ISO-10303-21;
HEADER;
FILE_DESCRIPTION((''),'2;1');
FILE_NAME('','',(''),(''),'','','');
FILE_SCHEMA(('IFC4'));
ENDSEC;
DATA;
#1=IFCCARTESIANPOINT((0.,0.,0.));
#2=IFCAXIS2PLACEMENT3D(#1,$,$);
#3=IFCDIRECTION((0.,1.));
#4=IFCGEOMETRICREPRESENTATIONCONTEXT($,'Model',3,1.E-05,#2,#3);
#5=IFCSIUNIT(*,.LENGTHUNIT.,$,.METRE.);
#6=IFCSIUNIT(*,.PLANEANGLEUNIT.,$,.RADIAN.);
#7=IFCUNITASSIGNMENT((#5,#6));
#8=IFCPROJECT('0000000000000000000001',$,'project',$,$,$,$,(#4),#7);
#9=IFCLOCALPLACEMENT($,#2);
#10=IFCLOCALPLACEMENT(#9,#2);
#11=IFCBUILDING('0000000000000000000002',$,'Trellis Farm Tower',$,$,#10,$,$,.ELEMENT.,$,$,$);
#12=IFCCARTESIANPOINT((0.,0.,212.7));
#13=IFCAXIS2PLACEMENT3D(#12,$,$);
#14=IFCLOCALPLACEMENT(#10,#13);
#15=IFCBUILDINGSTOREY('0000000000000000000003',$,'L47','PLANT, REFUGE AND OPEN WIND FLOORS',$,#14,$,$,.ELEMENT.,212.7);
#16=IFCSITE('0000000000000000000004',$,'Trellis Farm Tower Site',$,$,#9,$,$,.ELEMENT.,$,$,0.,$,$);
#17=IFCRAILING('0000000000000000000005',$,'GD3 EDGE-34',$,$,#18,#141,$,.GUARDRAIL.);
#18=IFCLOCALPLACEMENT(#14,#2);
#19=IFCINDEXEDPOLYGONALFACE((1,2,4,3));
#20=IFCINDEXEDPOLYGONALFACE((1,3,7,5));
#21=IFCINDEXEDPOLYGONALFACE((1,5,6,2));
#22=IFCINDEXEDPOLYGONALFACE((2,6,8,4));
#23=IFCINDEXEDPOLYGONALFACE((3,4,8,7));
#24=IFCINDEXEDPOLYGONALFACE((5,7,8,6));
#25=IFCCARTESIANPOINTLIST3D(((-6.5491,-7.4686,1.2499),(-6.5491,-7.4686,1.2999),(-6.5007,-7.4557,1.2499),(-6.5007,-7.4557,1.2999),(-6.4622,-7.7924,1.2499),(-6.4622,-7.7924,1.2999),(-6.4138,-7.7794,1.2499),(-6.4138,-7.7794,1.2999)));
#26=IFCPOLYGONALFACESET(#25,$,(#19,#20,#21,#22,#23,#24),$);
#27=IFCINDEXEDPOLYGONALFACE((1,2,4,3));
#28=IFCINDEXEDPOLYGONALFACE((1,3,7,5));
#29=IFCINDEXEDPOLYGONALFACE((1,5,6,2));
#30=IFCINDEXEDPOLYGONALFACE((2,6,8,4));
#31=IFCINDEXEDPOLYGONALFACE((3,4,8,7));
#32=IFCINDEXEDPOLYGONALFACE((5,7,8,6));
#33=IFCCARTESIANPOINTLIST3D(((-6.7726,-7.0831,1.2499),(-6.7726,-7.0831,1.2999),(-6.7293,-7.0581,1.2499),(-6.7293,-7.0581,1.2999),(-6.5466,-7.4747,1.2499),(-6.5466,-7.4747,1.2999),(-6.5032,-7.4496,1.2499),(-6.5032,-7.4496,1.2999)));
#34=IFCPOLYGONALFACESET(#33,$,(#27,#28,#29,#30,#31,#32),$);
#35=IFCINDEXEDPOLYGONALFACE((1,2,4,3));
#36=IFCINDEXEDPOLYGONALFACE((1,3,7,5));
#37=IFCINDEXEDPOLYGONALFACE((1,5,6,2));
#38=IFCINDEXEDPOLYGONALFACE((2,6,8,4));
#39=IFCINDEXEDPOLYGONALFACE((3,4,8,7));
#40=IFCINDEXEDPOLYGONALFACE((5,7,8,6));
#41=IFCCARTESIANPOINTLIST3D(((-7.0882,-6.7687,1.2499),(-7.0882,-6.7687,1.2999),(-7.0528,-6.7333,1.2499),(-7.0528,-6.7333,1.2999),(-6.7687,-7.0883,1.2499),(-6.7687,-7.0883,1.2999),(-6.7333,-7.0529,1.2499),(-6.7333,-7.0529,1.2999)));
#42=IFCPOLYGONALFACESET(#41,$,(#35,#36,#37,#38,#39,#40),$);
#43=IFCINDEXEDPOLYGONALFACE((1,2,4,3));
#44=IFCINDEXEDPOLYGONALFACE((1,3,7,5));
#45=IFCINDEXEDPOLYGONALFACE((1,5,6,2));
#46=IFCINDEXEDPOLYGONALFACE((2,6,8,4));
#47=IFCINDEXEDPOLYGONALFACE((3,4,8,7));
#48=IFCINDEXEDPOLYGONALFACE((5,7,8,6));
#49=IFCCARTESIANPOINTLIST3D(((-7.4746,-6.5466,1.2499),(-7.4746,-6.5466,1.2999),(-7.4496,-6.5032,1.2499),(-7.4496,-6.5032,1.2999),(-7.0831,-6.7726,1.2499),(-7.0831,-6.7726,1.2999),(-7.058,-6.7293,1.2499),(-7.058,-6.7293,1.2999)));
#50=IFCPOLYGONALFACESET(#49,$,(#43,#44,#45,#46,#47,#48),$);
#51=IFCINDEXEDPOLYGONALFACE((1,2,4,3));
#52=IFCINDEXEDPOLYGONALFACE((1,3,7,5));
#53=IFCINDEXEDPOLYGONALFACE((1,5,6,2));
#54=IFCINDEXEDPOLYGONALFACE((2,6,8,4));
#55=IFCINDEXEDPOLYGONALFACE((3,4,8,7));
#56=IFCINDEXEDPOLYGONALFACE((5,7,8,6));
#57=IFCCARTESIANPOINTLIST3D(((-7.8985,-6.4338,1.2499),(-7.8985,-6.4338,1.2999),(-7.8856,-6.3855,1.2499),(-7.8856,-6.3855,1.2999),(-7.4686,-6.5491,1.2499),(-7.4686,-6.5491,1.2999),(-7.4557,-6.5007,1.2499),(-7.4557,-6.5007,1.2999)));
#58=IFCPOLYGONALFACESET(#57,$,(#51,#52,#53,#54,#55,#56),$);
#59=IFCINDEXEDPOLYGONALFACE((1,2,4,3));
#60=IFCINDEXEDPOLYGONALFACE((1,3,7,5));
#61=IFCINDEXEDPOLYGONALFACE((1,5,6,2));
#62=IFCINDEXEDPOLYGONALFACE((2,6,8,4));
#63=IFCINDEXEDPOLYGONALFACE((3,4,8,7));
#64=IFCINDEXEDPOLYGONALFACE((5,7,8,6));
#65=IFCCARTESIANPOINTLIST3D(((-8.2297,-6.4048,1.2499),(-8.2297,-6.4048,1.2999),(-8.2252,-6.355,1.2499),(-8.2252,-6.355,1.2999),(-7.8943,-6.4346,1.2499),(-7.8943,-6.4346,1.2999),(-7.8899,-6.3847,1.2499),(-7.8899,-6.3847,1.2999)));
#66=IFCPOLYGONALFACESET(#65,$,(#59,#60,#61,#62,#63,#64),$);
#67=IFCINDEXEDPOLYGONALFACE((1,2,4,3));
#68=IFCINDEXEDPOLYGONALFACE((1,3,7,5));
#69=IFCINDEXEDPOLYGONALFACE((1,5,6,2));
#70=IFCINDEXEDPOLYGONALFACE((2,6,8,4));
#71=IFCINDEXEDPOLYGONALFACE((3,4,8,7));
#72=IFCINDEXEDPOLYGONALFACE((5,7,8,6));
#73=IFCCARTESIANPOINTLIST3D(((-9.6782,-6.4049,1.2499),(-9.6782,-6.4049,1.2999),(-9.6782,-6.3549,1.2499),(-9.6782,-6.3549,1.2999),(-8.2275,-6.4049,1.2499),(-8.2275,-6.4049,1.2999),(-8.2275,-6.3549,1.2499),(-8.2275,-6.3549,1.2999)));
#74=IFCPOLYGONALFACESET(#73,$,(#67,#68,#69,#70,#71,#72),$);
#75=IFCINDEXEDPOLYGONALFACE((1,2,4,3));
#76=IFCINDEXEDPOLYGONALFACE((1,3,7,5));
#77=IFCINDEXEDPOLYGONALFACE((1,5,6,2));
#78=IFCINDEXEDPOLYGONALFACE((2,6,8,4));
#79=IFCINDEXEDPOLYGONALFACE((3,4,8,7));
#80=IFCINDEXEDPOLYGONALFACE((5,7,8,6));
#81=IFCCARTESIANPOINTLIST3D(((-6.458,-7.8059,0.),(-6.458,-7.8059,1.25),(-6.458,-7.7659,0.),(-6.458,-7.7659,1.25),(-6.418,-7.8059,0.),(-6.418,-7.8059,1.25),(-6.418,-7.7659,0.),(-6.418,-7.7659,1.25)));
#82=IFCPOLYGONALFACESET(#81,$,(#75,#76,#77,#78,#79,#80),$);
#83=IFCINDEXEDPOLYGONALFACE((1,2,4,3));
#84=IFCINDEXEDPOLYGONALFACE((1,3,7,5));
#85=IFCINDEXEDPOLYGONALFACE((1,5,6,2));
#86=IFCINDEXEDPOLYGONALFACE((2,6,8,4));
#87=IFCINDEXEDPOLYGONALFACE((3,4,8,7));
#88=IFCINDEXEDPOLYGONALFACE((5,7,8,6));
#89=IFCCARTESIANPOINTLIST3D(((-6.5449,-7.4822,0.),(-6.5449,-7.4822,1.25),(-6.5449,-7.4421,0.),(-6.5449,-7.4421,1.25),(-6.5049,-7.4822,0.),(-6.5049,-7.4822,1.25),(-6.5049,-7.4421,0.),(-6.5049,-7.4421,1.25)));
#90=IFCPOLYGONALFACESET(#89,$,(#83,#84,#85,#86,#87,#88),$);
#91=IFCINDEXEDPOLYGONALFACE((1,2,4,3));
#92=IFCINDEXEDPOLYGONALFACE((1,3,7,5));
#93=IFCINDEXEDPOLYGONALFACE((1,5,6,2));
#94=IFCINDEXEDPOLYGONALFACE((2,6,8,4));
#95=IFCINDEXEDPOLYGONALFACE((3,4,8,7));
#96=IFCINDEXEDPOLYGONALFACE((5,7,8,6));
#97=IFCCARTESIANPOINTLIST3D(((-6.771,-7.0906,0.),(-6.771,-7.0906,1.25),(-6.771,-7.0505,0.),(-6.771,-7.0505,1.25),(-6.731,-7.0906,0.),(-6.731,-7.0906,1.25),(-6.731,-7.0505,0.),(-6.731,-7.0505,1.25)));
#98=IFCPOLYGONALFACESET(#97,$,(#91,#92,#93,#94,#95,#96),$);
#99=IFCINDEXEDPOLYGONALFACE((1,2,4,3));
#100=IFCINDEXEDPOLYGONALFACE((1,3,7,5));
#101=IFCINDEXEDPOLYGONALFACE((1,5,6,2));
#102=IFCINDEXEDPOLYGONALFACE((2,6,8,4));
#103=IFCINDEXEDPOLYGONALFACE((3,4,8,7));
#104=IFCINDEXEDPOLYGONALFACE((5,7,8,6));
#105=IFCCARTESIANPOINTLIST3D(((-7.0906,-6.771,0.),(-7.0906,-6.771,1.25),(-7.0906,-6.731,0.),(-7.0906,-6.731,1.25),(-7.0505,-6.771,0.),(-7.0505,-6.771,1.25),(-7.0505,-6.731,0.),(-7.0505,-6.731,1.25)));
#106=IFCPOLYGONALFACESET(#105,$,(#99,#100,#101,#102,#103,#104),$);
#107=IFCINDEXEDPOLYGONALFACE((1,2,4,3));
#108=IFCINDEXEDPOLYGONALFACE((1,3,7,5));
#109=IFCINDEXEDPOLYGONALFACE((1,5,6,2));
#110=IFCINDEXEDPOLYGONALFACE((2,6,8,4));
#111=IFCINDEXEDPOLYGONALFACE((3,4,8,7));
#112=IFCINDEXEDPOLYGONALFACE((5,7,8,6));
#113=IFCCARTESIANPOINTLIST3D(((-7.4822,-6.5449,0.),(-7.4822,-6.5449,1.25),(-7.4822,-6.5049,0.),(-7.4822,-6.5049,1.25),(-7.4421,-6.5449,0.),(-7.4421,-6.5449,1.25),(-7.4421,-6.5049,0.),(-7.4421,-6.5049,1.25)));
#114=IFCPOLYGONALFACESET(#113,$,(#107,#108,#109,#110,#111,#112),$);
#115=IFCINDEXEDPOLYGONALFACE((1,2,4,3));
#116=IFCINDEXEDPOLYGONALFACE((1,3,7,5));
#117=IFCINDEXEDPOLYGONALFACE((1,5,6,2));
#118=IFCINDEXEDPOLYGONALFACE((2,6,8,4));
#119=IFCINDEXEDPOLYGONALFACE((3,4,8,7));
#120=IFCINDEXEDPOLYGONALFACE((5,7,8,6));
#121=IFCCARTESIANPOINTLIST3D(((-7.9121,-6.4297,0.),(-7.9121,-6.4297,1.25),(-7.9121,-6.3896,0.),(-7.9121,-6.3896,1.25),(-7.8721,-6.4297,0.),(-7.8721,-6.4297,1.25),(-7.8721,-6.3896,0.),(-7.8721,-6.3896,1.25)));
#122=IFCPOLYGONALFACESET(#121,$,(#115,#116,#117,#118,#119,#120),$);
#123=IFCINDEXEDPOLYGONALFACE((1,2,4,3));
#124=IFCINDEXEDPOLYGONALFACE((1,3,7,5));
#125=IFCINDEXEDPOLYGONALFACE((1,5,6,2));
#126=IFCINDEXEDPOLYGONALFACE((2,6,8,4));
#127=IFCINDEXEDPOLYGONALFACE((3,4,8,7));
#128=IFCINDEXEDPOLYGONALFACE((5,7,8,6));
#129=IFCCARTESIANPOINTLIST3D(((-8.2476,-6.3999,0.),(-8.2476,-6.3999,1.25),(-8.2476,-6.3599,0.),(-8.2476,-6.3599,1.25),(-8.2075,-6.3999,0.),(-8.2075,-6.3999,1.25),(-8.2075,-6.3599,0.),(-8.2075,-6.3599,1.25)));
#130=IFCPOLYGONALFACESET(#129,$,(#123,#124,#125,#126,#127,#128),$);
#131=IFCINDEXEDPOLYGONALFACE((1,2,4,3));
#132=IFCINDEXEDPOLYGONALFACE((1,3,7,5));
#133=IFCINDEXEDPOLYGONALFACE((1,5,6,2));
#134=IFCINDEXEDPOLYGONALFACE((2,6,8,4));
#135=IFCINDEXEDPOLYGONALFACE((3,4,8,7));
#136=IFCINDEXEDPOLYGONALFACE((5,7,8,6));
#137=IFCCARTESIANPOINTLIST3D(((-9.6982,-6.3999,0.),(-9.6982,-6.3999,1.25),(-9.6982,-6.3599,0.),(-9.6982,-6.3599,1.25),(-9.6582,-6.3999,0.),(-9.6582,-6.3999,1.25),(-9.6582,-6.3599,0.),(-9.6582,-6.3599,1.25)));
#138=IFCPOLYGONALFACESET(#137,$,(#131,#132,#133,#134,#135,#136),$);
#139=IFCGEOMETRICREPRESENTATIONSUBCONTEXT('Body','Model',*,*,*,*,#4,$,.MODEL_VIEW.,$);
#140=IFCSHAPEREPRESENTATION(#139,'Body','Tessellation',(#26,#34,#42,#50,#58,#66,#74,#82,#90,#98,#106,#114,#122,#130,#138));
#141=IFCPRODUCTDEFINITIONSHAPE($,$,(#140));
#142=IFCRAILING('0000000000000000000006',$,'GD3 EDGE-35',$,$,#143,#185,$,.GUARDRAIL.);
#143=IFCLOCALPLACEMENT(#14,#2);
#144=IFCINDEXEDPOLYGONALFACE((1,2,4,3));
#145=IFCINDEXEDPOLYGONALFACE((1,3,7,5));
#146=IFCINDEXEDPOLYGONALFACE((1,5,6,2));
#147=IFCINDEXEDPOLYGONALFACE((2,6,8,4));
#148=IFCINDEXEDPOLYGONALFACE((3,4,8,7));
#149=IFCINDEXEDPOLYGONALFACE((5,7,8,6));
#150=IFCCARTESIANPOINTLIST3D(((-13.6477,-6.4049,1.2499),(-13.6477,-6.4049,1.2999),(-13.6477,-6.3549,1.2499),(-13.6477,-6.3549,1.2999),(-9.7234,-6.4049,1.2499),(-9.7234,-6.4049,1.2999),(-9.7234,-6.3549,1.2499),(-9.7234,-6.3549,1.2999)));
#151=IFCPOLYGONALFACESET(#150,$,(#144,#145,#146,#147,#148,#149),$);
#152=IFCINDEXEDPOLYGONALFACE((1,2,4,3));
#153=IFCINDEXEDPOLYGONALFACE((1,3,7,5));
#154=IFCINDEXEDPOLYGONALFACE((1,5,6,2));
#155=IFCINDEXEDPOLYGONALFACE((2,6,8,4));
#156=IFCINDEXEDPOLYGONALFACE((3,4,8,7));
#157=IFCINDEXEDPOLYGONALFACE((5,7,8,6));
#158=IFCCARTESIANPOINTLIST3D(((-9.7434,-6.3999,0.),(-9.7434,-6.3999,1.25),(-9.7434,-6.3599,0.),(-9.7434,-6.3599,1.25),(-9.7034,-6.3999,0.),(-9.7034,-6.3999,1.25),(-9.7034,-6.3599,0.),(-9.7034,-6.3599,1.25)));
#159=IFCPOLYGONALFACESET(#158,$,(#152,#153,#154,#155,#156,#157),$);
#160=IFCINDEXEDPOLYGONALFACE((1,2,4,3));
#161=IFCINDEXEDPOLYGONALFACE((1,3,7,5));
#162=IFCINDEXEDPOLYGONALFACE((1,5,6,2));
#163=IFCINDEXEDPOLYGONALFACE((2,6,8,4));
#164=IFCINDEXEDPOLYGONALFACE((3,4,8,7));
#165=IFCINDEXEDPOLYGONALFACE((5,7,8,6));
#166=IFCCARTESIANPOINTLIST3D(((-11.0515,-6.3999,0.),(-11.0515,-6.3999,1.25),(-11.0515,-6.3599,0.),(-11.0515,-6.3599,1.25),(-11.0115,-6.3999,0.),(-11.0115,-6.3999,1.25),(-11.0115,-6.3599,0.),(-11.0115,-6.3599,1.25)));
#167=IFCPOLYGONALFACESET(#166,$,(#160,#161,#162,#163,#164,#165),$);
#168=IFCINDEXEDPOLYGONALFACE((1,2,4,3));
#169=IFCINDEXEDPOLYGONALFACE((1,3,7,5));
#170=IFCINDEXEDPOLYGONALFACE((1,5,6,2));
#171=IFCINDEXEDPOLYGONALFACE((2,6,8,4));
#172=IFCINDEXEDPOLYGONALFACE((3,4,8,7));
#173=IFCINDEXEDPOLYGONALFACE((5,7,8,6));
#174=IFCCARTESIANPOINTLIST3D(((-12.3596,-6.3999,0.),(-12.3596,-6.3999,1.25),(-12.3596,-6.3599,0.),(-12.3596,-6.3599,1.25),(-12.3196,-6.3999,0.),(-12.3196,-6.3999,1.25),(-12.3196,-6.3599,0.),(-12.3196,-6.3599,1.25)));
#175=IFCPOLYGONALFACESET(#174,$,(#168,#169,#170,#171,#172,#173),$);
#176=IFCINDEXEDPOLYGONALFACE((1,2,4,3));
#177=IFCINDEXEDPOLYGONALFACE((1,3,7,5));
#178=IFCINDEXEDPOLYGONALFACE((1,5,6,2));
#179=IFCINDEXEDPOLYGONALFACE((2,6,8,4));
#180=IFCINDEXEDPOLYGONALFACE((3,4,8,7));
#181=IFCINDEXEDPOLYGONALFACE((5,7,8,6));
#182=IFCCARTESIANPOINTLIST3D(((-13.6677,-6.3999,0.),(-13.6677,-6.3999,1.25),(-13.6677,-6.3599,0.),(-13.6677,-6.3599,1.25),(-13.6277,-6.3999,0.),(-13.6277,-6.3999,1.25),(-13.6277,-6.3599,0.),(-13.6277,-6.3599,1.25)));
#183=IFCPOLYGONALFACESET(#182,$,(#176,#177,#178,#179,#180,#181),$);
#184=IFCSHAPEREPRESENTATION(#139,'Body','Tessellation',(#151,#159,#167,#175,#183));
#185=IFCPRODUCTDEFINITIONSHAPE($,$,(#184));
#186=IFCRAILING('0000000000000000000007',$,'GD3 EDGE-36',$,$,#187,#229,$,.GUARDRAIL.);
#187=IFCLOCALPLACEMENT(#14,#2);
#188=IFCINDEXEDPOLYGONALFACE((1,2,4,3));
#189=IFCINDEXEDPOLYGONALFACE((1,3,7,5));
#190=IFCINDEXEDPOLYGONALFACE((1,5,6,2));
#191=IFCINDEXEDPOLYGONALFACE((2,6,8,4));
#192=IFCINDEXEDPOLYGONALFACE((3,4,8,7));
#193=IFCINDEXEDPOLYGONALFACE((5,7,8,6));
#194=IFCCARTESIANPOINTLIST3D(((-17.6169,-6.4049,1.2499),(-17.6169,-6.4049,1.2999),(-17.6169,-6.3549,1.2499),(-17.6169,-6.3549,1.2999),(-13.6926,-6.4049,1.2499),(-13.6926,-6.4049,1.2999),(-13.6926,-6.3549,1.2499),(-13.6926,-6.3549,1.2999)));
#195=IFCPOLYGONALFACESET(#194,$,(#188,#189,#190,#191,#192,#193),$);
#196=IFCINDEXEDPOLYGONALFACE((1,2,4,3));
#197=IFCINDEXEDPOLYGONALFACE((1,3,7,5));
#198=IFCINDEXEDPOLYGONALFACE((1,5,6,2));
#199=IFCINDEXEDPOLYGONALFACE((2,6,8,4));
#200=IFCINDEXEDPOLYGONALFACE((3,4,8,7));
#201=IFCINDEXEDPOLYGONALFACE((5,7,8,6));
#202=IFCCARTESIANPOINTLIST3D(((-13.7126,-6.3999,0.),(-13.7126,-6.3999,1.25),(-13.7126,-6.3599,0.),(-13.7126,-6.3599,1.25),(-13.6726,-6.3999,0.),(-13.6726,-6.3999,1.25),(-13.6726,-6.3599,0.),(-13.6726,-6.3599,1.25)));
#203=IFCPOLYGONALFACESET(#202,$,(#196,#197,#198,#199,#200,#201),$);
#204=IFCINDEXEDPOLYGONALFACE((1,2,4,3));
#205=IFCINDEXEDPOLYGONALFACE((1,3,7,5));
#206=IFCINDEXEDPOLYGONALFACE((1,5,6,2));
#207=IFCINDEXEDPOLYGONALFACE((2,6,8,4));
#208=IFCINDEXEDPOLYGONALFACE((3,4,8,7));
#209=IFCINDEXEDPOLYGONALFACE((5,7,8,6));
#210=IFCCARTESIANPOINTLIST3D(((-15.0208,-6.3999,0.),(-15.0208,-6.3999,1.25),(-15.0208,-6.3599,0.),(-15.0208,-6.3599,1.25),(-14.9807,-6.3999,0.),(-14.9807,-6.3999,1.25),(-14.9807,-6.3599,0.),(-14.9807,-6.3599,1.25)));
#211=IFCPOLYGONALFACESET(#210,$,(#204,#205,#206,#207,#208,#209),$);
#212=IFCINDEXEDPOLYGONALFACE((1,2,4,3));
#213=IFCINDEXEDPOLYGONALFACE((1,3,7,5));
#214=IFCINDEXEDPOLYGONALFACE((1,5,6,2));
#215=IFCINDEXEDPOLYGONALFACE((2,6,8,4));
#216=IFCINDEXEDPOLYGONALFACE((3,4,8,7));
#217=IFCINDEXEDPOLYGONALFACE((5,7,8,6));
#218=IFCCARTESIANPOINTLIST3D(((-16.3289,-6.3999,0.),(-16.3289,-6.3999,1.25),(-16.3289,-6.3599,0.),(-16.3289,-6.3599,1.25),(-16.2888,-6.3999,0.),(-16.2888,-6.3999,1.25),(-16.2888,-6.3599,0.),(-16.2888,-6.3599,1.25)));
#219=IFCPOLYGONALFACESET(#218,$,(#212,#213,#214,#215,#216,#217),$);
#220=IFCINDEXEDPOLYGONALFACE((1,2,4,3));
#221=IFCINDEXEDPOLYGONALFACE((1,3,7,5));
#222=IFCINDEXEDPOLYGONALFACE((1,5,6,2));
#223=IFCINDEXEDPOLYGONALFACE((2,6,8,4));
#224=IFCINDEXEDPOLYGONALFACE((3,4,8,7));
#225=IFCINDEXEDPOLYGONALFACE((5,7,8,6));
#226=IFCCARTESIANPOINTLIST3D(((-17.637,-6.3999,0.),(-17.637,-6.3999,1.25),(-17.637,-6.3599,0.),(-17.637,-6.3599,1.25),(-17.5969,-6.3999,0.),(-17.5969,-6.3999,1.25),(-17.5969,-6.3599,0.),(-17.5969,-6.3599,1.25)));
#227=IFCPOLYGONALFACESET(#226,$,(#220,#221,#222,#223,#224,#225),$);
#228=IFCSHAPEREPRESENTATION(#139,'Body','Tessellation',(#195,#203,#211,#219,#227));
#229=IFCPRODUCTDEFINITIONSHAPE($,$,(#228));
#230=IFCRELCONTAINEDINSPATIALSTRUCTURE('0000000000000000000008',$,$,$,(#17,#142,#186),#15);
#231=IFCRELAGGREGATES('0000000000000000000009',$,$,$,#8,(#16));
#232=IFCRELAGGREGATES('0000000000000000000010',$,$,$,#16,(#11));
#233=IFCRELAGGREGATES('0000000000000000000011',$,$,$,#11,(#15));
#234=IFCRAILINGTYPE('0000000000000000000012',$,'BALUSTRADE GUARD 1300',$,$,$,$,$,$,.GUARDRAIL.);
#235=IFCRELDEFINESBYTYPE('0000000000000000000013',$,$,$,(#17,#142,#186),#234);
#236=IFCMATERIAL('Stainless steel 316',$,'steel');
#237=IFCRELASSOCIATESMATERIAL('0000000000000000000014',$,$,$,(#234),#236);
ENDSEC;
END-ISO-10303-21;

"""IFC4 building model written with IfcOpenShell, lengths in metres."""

from ifc_helpers import new_model, si_unit, direction, frame, origin, origin_2d, place, context, subcontext, project, spatial, rectangle, extrude, source, transform, mapped, material, type_object, element, save


model = new_model("IFC4")

# Units and contexts
model_context = context("Model", 3, precision=1e-05, world=origin(), true_north=direction((0.0, 1.0)))
body_context = subcontext(model_context, "Body", "Model", "MODEL_VIEW")
ifc_project = project(units=[si_unit("LENGTHUNIT", "METRE"), si_unit("PLANEANGLEUNIT", "RADIAN")], contexts=[model_context])

# Site, building, storey
site_placement = place(None, origin())
site = spatial("IfcSite", under=ifc_project, at=site_placement, Name="Trellis Farm Tower Site", CompositionType="ELEMENT", RefElevation=0.0)
building_placement = place(site_placement, origin())
building = spatial("IfcBuilding", under=site, at=building_placement, Name="Trellis Farm Tower", CompositionType="ELEMENT")
storey_placement = place(building_placement, frame((0.0, 0.0, 212.7)))
storey = spatial("IfcBuildingStorey", under=building, at=storey_placement, Name="L47", Description="PLANT, REFUGE AND OPEN WIND FLOORS", CompositionType="ELEMENT", Elevation=212.7)

# Railings
ifc_material_1 = material(Name="Stainless steel 316", Category="steel")
railing_type = type_object("IfcRailingType", Name="BALUSTRADE GUARD 1300", PredefinedType="GUARDRAIL", material=ifc_material_1)
railing_1_placement = place(storey_placement, frame((-6.438, -7.7859, 0.0)))
element("IfcRailing", 1, at=railing_1_placement, inside=storey, type_object=railing_type, Name="GD3 EDGE-34", PredefinedType="GUARDRAIL", context=body_context, shape_type="SweptSolid", body=[
    extrude(rectangle(XDim=0.05, YDim=0.05, at=origin_2d()), frame((0.0, 0.0, 1.2749), z_axis=(-0.259294, 0.965798, 0.0), x_axis=(-0.965798, -0.259294, 0.0)), (0.0, 0.0, 1.0), 0.3352),
    extrude(rectangle(XDim=0.05, YDim=0.05, at=origin_2d()), frame((-0.0869, 0.3237, 1.2749), z_axis=(-0.499972, 0.866042, 0.0), x_axis=(-0.866042, -0.499972, 0.0)), (0.0, 0.0, 1.0), 0.4521),
    extrude(rectangle(XDim=0.05, YDim=0.05, at=origin_2d()), frame((-0.313, 0.7153, 1.2749), z_axis=(-0.707107, 0.707107, 0.0), x_axis=(-0.707107, -0.707107, 0.0)), (0.0, 0.0, 1.0), 0.4519),
    extrude(rectangle(XDim=0.05, YDim=0.05, at=origin_2d()), frame((-0.6326, 1.0349, 1.2749), z_axis=(-0.866042, 0.499972, 0.0), x_axis=(-0.499972, -0.866042, 0.0)), (0.0, 0.0, 1.0), 0.4521),
    extrude(rectangle(XDim=0.05, YDim=0.05, at=origin_2d()), frame((-1.0242, 1.261, 1.2749), z_axis=(-0.965906, 0.258891, 0.0), x_axis=(-0.258891, -0.965906, 0.0)), (0.0, 0.0, 1.0), 0.4451),
    extrude(rectangle(XDim=0.05, YDim=0.05, at=origin_2d()), frame((-1.4541, 1.3762, 1.2749), z_axis=(-0.996081, 0.088444, 0.0), x_axis=(-0.088444, -0.996081, 0.0)), (0.0, 0.0, 1.0), 0.3367),
    extrude(rectangle(XDim=0.05, YDim=0.05, at=origin_2d()), frame((-1.7896, 1.406, 1.2749), z_axis=(-1.0, 0.0, 0.0), x_axis=(0.0, -1.0, 0.0)), (0.0, 0.0, 1.0), 1.4507),
    extrude(rectangle(XDim=0.04, YDim=0.04, at=origin_2d()), origin(), (0.0, 0.0, 1.0), 1.25),
    extrude(rectangle(XDim=0.04, YDim=0.04, at=origin_2d()), frame((-0.0869, 0.3237, 0.0)), (0.0, 0.0, 1.0), 1.25),
    extrude(rectangle(XDim=0.04, YDim=0.04, at=origin_2d()), frame((-0.313, 0.7153, 0.0)), (0.0, 0.0, 1.0), 1.25),
    extrude(rectangle(XDim=0.04, YDim=0.04, at=origin_2d()), frame((-0.6326, 1.0349, 0.0)), (0.0, 0.0, 1.0), 1.25),
    extrude(rectangle(XDim=0.04, YDim=0.04, at=origin_2d()), frame((-1.0242, 1.261, 0.0)), (0.0, 0.0, 1.0), 1.25),
    extrude(rectangle(XDim=0.04, YDim=0.04, at=origin_2d()), frame((-1.4541, 1.3762, 0.0)), (0.0, 0.0, 1.0), 1.25),
    extrude(rectangle(XDim=0.04, YDim=0.04, at=origin_2d()), frame((-1.7896, 1.406, 0.0)), (0.0, 0.0, 1.0), 1.25),
    extrude(rectangle(XDim=0.04, YDim=0.04, at=origin_2d()), frame((-3.2402, 1.406, 0.0)), (0.0, 0.0, 1.0), 1.25),
])
shared_shape_1 = source(origin(), body_context, "Body", "SweptSolid", [
    extrude(rectangle(XDim=0.05, YDim=0.05, at=origin_2d()), frame((0.0, 0.0, 1.2749), z_axis=(-1.0, 0.0, 0.0), x_axis=(0.0, -1.0, 0.0)), (0.0, 0.0, 1.0), 3.9243),
    extrude(rectangle(XDim=0.04, YDim=0.04, at=origin_2d()), origin(), (0.0, 0.0, 1.0), 1.25),
    extrude(rectangle(XDim=0.04, YDim=0.04, at=origin_2d()), frame((-1.3081, 0.0, 0.0)), (0.0, 0.0, 1.0), 1.25),
    extrude(rectangle(XDim=0.04, YDim=0.04, at=origin_2d()), frame((-2.6162, 0.0, 0.0)), (0.0, 0.0, 1.0), 1.25),
    extrude(rectangle(XDim=0.04, YDim=0.04, at=origin_2d()), frame((-3.9243, 0.0, 0.0)), (0.0, 0.0, 1.0), 1.25),
])
for number, where, name in (
    (2, (-9.7234, -6.3799, 0.0), "GD3 EDGE-35"),
    (3, (-13.6926, -6.3799, 0.0), "GD3 EDGE-36"),
):
    element("IfcRailing", number, at=place(storey_placement, frame(where)), inside=storey, type_object=railing_type, Name=name, PredefinedType="GUARDRAIL", context=body_context, shape_type="MappedRepresentation", body=[
        mapped(shared_shape_1, transform((0.0, 0.0, 0.0))),
    ])

save(model, "model.ifc")
